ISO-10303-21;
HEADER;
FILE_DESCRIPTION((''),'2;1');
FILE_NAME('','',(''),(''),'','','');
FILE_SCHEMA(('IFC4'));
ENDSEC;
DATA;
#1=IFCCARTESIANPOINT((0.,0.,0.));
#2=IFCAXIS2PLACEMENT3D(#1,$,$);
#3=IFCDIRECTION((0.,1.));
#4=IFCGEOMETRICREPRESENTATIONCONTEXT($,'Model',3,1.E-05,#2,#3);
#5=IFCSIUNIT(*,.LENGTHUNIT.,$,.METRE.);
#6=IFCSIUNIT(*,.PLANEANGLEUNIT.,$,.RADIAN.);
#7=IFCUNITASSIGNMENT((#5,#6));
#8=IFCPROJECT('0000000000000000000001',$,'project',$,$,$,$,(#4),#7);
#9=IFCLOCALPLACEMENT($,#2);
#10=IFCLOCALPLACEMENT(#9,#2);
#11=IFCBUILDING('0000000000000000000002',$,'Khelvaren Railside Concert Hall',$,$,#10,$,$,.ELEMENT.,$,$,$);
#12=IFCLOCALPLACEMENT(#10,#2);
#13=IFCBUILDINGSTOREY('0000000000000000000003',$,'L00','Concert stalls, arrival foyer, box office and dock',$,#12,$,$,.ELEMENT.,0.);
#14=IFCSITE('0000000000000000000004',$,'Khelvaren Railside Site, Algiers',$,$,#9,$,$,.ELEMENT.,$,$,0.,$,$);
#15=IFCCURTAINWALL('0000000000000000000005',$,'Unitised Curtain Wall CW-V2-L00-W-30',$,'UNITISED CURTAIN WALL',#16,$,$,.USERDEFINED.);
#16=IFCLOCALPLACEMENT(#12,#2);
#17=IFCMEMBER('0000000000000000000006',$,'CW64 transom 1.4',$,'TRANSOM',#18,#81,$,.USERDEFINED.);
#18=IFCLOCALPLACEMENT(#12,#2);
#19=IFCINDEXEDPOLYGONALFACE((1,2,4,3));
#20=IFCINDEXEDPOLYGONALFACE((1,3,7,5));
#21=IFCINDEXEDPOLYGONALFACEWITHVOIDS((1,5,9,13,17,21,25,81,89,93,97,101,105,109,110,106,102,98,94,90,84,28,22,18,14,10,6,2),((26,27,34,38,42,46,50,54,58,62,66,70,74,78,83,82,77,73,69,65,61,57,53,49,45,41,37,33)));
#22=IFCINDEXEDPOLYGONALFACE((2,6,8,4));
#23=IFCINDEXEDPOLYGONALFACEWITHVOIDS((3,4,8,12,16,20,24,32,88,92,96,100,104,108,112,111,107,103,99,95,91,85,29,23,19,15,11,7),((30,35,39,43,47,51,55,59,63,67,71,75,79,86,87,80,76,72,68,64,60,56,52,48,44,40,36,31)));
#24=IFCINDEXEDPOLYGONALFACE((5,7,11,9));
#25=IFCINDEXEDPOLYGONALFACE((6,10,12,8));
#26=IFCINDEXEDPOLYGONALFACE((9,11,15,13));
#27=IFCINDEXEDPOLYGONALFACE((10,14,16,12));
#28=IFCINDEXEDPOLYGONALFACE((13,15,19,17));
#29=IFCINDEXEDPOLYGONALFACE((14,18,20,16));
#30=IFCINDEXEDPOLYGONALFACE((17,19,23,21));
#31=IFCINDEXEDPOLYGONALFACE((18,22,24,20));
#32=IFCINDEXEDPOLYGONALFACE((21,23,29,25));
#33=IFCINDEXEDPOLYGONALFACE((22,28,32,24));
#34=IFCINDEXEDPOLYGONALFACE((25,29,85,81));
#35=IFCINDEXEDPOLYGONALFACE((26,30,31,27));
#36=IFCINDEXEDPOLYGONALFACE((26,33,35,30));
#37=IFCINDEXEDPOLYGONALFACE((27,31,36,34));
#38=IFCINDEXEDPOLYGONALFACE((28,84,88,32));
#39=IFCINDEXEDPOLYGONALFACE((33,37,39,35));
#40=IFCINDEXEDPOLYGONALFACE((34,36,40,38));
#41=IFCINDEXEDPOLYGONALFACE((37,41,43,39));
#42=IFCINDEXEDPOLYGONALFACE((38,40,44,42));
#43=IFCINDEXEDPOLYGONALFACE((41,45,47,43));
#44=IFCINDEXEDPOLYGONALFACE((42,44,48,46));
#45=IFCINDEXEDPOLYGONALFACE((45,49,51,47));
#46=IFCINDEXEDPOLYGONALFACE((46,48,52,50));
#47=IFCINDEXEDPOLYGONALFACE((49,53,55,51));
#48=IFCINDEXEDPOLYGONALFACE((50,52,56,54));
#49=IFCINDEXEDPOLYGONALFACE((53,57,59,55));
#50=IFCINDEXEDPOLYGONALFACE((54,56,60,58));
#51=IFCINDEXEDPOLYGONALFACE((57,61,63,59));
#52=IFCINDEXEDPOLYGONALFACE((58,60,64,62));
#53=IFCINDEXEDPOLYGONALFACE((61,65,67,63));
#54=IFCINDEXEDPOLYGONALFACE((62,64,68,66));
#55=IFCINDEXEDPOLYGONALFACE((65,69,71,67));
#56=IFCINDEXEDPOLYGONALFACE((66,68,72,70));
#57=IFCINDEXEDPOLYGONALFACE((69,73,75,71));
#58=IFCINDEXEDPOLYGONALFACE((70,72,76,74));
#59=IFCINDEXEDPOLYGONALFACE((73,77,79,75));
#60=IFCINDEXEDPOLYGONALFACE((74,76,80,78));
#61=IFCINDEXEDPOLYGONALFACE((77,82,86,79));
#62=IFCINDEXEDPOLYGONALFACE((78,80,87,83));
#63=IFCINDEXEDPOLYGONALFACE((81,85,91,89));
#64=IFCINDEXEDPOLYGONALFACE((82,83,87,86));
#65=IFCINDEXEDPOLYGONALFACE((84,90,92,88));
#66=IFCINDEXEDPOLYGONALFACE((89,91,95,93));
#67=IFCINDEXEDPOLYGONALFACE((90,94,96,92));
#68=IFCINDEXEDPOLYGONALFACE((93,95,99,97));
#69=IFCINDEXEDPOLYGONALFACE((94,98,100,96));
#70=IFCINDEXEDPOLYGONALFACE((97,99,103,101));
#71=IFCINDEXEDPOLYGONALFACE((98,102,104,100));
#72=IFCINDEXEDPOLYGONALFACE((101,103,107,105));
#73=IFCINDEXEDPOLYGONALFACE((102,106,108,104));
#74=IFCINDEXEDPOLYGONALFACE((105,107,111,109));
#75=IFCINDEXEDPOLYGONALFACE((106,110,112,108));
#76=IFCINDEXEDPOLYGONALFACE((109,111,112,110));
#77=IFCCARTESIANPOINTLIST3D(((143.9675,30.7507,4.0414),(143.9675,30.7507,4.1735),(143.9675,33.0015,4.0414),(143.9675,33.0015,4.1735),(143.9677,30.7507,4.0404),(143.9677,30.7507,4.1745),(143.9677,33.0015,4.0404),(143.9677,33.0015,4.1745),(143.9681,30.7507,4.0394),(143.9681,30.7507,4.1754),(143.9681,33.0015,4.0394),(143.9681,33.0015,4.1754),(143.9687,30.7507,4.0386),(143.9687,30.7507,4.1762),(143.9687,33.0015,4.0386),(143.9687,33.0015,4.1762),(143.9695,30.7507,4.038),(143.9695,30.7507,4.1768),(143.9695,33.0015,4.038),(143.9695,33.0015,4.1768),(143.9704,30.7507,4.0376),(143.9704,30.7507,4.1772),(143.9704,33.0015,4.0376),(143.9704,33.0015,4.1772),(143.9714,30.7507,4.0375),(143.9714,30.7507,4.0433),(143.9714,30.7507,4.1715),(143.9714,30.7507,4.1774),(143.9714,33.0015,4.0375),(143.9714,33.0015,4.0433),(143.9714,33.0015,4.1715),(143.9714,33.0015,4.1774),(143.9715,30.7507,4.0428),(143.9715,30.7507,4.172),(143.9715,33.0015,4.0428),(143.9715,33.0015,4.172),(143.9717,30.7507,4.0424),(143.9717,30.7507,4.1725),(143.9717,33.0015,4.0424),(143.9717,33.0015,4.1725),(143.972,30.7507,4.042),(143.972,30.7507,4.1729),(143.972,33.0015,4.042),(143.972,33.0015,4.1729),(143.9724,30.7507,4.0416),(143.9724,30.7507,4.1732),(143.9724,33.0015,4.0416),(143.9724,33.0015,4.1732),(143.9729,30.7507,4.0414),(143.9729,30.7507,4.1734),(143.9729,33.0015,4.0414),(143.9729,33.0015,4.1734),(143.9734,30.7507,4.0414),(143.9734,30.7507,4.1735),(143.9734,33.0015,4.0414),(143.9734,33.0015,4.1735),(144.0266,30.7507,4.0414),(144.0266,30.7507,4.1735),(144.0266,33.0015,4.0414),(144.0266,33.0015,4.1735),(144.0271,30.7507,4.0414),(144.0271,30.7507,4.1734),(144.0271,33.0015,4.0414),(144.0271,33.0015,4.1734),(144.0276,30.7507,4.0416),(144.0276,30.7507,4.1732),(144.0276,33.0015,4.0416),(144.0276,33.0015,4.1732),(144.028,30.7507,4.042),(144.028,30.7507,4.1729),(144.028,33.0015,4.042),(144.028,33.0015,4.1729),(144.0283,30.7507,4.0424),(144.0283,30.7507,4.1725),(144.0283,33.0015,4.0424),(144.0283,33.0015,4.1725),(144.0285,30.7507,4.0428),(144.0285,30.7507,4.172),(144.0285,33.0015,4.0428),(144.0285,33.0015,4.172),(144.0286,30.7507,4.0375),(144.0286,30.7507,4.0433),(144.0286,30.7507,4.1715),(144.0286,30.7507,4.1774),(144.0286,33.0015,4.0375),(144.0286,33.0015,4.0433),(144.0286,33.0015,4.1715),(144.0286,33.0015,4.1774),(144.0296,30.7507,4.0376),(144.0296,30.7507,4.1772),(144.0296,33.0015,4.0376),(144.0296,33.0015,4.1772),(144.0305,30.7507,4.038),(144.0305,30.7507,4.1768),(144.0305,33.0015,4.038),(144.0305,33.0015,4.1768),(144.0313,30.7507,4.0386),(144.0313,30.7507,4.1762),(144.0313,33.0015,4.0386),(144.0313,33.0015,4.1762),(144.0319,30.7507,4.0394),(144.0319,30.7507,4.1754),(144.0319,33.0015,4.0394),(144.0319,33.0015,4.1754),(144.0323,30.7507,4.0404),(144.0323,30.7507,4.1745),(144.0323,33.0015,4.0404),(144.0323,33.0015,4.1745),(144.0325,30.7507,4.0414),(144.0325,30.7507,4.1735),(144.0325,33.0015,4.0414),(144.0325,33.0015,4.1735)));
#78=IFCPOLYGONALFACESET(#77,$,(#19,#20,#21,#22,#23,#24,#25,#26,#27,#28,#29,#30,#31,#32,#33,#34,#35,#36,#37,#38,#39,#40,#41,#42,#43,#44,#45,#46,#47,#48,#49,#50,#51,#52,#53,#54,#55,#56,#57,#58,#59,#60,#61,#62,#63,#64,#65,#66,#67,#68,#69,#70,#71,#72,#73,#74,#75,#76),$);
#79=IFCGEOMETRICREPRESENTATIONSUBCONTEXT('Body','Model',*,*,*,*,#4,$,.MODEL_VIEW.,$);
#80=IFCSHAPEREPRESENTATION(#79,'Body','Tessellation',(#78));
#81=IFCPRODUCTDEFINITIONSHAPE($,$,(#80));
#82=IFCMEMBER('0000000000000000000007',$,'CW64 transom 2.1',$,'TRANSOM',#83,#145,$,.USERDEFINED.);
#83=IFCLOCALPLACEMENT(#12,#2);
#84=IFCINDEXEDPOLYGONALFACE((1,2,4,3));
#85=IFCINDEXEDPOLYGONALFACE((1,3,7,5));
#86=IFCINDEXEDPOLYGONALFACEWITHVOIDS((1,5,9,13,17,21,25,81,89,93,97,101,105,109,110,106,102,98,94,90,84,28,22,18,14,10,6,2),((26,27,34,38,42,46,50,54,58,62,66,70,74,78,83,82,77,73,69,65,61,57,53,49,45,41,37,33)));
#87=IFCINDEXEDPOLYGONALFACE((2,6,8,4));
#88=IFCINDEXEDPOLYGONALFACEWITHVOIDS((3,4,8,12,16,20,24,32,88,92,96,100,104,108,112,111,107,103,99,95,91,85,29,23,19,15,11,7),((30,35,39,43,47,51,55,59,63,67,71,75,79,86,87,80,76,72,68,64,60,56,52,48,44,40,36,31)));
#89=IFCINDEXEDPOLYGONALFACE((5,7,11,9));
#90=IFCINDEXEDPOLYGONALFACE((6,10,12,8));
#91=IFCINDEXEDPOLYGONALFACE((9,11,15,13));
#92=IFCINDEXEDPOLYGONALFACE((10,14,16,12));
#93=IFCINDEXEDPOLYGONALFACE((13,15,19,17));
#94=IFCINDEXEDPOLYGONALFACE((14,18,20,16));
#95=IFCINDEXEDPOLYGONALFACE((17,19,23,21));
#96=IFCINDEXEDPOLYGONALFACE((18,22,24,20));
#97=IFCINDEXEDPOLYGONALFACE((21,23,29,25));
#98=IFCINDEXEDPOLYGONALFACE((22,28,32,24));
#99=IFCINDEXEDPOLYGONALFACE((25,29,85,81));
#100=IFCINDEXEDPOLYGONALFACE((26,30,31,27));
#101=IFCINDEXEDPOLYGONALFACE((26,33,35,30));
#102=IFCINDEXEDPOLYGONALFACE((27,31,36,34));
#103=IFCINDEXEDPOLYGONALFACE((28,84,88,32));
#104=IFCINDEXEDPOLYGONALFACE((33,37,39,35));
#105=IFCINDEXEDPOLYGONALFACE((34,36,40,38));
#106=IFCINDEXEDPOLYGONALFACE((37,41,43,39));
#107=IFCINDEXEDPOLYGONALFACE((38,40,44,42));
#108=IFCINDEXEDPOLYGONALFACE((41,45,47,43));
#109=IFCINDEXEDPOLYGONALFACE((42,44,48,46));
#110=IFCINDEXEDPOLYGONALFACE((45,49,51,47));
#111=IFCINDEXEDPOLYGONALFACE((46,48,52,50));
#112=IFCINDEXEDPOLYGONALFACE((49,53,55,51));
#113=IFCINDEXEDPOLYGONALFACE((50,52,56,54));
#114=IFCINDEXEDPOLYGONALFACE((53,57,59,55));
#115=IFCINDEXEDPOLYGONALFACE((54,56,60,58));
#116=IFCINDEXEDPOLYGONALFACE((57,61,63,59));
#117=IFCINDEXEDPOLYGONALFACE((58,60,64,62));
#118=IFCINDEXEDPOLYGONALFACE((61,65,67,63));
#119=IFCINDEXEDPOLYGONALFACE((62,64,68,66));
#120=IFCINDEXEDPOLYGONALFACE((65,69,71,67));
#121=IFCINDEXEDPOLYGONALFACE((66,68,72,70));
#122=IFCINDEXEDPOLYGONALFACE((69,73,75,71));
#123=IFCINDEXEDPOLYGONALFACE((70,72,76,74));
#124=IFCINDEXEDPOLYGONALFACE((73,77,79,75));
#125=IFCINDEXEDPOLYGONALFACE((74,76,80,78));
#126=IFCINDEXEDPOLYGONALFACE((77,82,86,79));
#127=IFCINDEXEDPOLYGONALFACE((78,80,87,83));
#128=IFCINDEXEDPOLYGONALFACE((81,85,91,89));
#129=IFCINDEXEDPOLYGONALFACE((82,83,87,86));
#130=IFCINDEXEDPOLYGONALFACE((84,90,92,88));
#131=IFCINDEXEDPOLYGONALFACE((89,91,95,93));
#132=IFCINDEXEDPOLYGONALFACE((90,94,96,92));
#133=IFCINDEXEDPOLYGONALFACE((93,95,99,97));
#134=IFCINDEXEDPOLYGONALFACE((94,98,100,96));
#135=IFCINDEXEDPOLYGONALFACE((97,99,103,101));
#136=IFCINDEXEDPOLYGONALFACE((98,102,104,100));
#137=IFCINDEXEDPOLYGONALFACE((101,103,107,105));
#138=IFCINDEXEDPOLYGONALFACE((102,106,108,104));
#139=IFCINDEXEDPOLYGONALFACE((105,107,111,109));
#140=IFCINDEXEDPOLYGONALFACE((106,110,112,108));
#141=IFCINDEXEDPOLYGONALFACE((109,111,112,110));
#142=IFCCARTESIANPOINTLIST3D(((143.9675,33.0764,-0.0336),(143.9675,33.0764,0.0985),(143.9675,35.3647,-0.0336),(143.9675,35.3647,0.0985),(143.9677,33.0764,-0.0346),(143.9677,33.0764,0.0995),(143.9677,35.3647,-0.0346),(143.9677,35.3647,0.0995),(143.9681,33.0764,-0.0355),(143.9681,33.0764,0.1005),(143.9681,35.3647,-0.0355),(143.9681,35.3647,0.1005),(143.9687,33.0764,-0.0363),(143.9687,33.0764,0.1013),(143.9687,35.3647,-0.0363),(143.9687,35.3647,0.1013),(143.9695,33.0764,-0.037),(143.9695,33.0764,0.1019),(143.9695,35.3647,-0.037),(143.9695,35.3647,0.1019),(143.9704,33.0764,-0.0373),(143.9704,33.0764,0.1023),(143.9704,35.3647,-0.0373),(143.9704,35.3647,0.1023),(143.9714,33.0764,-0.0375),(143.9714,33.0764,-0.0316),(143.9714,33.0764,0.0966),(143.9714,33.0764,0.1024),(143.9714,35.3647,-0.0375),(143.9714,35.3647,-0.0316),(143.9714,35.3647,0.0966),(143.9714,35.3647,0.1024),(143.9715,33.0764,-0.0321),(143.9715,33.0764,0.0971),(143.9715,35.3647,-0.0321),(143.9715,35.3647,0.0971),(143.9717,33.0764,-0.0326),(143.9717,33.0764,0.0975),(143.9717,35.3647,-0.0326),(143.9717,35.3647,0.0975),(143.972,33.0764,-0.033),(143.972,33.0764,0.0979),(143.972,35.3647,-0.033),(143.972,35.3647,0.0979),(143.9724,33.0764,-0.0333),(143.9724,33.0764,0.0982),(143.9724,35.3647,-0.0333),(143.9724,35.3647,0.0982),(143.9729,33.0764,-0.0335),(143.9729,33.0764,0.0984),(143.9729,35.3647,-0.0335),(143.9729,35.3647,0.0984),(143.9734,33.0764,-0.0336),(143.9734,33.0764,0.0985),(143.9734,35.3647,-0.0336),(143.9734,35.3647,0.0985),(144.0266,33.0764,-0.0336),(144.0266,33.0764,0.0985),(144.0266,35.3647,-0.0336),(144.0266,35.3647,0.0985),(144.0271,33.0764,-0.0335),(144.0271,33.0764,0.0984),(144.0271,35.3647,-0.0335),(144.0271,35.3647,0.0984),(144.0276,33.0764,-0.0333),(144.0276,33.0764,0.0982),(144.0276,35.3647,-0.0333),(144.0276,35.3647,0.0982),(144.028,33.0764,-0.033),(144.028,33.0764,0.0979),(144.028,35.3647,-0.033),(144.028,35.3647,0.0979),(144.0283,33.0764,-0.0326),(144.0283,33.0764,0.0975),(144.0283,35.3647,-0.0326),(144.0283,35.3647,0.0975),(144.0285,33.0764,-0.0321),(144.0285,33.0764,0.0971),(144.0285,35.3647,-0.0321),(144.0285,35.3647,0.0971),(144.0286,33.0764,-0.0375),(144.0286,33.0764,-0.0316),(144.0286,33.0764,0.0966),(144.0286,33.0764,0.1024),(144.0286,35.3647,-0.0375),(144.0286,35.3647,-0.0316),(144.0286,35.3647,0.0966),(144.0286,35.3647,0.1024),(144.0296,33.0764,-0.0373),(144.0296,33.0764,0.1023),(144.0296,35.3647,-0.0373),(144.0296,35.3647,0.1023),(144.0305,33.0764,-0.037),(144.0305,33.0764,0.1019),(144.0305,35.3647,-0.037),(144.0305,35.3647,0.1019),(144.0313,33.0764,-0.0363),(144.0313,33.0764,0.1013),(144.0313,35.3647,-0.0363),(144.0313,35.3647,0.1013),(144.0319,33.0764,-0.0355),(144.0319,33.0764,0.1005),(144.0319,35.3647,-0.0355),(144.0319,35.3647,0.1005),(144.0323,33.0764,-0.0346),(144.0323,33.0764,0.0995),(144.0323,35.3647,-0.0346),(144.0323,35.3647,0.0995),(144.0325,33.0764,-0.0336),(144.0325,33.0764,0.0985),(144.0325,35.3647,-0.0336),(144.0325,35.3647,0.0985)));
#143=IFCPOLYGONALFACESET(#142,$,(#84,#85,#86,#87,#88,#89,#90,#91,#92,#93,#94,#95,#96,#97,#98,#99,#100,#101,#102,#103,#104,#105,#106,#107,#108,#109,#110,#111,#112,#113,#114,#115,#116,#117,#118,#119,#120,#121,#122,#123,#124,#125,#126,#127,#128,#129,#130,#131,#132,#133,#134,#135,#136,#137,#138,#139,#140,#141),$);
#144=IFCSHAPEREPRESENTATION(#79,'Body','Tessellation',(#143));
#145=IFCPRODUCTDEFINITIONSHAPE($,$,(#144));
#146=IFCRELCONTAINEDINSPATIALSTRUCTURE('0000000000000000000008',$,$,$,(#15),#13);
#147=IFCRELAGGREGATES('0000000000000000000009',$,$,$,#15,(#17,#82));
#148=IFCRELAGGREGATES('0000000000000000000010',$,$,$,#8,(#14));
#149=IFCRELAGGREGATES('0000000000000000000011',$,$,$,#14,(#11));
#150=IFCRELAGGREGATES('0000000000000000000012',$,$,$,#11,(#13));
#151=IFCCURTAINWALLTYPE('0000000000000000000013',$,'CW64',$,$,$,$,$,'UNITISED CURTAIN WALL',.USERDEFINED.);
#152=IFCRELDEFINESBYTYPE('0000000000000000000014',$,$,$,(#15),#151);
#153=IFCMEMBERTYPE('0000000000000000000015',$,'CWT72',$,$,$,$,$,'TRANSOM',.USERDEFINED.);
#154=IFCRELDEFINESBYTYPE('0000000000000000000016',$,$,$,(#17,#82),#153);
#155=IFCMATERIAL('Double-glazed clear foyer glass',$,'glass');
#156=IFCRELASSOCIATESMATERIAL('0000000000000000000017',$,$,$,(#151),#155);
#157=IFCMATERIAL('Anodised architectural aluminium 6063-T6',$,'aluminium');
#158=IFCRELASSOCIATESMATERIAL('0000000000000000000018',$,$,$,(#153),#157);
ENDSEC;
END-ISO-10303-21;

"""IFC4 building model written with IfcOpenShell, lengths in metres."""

from ifc_helpers import new_model, si_unit, direction, frame, origin, origin_2d, place, context, subcontext, project, spatial, hollow_rectangle, extrude, material, material_profile, profile_set, type_object, element, aggregate, save


model = new_model("IFC4")

# Units and contexts
model_context = context("Model", 3, precision=1e-05, world=origin(), true_north=direction((0.0, 1.0)))
body_context = subcontext(model_context, "Body", "Model", "MODEL_VIEW")
ifc_project = project(units=[si_unit("LENGTHUNIT", "METRE"), si_unit("PLANEANGLEUNIT", "RADIAN")], contexts=[model_context])

# Site, building, storey
site_placement = place(None, origin())
site = spatial("IfcSite", under=ifc_project, at=site_placement, Name="Khelvaren Railside Site, Algiers", CompositionType="ELEMENT", RefElevation=0.0)
building_placement = place(site_placement, origin())
building = spatial("IfcBuilding", under=site, at=building_placement, Name="Khelvaren Railside Concert Hall", CompositionType="ELEMENT")
storey_placement = place(building_placement, origin())
storey = spatial("IfcBuildingStorey", under=building, at=storey_placement, Name="L00", Description="Concert stalls, arrival foyer, box office and dock", CompositionType="ELEMENT", Elevation=0.0)

# Curtain wall
ifc_material_1 = material(Name="Double-glazed clear foyer glass", Category="glass")
curtain_wall_type_1 = type_object("IfcCurtainWallType", Name="CW64", ElementType="UNITISED CURTAIN WALL", PredefinedType="USERDEFINED", material=ifc_material_1)
curtain_wall_1_placement = place(storey_placement, origin())
curtain_wall_1 = element("IfcCurtainWall", 1, at=curtain_wall_1_placement, inside=storey, type_object=curtain_wall_type_1, Name="Unitised Curtain Wall CW-V2-L00-W-30", ObjectType="UNITISED CURTAIN WALL", PredefinedType="USERDEFINED")
ifc_material_2 = material(Name="Anodised architectural aluminium 6063-T6", Category="aluminium")
ifc_material_profile_1 = material_profile(ifc_material_2, hollow_rectangle(XDim=0.0649, YDim=0.1399, WallThickness=0.0039, InnerFilletRadius=0.002, OuterFilletRadius=0.0039, at=origin_2d()), Name="CWT 65x140x4")
ifc_profile_set_1 = profile_set([ifc_material_profile_1], Name="Anodised architectural aluminium 6063-T6")
member_type_1 = type_object("IfcMemberType", Name="CWT72", ElementType="TRANSOM", PredefinedType="USERDEFINED", material=ifc_profile_set_1)

# Members
member_1_placement = place(storey_placement, frame((144.0, 30.7507, 4.1074), z_axis=(0.0, 1.0, 0.0), x_axis=(-1.0, 0.0, 0.0)))
member_1 = element("IfcMember", 2, at=member_1_placement, type_object=member_type_1, Name="CW64 transom 1.4", ObjectType="TRANSOM", PredefinedType="USERDEFINED", context=body_context, shape_type="SweptSolid", body=[
    extrude(hollow_rectangle(XDim=0.0649, YDim=0.1399, WallThickness=0.0039, InnerFilletRadius=0.002, OuterFilletRadius=0.0039, at=origin_2d()), origin(), (0.0, 0.0, 1.0), 2.2507),
])
member_2_placement = place(storey_placement, frame((144.0, 33.0764, 0.0325), z_axis=(0.0, 1.0, 0.0), x_axis=(-1.0, 0.0, 0.0)))
member_2 = element("IfcMember", 3, at=member_2_placement, type_object=member_type_1, Name="CW64 transom 2.1", ObjectType="TRANSOM", PredefinedType="USERDEFINED", context=body_context, shape_type="SweptSolid", body=[
    extrude(hollow_rectangle(XDim=0.0649, YDim=0.1399, WallThickness=0.0039, InnerFilletRadius=0.002, OuterFilletRadius=0.0039, at=origin_2d()), origin(), (0.0, 0.0, 1.0), 2.2883),
])

aggregate(curtain_wall_1, [member_1, member_2])

save(model, "model.ifc")
